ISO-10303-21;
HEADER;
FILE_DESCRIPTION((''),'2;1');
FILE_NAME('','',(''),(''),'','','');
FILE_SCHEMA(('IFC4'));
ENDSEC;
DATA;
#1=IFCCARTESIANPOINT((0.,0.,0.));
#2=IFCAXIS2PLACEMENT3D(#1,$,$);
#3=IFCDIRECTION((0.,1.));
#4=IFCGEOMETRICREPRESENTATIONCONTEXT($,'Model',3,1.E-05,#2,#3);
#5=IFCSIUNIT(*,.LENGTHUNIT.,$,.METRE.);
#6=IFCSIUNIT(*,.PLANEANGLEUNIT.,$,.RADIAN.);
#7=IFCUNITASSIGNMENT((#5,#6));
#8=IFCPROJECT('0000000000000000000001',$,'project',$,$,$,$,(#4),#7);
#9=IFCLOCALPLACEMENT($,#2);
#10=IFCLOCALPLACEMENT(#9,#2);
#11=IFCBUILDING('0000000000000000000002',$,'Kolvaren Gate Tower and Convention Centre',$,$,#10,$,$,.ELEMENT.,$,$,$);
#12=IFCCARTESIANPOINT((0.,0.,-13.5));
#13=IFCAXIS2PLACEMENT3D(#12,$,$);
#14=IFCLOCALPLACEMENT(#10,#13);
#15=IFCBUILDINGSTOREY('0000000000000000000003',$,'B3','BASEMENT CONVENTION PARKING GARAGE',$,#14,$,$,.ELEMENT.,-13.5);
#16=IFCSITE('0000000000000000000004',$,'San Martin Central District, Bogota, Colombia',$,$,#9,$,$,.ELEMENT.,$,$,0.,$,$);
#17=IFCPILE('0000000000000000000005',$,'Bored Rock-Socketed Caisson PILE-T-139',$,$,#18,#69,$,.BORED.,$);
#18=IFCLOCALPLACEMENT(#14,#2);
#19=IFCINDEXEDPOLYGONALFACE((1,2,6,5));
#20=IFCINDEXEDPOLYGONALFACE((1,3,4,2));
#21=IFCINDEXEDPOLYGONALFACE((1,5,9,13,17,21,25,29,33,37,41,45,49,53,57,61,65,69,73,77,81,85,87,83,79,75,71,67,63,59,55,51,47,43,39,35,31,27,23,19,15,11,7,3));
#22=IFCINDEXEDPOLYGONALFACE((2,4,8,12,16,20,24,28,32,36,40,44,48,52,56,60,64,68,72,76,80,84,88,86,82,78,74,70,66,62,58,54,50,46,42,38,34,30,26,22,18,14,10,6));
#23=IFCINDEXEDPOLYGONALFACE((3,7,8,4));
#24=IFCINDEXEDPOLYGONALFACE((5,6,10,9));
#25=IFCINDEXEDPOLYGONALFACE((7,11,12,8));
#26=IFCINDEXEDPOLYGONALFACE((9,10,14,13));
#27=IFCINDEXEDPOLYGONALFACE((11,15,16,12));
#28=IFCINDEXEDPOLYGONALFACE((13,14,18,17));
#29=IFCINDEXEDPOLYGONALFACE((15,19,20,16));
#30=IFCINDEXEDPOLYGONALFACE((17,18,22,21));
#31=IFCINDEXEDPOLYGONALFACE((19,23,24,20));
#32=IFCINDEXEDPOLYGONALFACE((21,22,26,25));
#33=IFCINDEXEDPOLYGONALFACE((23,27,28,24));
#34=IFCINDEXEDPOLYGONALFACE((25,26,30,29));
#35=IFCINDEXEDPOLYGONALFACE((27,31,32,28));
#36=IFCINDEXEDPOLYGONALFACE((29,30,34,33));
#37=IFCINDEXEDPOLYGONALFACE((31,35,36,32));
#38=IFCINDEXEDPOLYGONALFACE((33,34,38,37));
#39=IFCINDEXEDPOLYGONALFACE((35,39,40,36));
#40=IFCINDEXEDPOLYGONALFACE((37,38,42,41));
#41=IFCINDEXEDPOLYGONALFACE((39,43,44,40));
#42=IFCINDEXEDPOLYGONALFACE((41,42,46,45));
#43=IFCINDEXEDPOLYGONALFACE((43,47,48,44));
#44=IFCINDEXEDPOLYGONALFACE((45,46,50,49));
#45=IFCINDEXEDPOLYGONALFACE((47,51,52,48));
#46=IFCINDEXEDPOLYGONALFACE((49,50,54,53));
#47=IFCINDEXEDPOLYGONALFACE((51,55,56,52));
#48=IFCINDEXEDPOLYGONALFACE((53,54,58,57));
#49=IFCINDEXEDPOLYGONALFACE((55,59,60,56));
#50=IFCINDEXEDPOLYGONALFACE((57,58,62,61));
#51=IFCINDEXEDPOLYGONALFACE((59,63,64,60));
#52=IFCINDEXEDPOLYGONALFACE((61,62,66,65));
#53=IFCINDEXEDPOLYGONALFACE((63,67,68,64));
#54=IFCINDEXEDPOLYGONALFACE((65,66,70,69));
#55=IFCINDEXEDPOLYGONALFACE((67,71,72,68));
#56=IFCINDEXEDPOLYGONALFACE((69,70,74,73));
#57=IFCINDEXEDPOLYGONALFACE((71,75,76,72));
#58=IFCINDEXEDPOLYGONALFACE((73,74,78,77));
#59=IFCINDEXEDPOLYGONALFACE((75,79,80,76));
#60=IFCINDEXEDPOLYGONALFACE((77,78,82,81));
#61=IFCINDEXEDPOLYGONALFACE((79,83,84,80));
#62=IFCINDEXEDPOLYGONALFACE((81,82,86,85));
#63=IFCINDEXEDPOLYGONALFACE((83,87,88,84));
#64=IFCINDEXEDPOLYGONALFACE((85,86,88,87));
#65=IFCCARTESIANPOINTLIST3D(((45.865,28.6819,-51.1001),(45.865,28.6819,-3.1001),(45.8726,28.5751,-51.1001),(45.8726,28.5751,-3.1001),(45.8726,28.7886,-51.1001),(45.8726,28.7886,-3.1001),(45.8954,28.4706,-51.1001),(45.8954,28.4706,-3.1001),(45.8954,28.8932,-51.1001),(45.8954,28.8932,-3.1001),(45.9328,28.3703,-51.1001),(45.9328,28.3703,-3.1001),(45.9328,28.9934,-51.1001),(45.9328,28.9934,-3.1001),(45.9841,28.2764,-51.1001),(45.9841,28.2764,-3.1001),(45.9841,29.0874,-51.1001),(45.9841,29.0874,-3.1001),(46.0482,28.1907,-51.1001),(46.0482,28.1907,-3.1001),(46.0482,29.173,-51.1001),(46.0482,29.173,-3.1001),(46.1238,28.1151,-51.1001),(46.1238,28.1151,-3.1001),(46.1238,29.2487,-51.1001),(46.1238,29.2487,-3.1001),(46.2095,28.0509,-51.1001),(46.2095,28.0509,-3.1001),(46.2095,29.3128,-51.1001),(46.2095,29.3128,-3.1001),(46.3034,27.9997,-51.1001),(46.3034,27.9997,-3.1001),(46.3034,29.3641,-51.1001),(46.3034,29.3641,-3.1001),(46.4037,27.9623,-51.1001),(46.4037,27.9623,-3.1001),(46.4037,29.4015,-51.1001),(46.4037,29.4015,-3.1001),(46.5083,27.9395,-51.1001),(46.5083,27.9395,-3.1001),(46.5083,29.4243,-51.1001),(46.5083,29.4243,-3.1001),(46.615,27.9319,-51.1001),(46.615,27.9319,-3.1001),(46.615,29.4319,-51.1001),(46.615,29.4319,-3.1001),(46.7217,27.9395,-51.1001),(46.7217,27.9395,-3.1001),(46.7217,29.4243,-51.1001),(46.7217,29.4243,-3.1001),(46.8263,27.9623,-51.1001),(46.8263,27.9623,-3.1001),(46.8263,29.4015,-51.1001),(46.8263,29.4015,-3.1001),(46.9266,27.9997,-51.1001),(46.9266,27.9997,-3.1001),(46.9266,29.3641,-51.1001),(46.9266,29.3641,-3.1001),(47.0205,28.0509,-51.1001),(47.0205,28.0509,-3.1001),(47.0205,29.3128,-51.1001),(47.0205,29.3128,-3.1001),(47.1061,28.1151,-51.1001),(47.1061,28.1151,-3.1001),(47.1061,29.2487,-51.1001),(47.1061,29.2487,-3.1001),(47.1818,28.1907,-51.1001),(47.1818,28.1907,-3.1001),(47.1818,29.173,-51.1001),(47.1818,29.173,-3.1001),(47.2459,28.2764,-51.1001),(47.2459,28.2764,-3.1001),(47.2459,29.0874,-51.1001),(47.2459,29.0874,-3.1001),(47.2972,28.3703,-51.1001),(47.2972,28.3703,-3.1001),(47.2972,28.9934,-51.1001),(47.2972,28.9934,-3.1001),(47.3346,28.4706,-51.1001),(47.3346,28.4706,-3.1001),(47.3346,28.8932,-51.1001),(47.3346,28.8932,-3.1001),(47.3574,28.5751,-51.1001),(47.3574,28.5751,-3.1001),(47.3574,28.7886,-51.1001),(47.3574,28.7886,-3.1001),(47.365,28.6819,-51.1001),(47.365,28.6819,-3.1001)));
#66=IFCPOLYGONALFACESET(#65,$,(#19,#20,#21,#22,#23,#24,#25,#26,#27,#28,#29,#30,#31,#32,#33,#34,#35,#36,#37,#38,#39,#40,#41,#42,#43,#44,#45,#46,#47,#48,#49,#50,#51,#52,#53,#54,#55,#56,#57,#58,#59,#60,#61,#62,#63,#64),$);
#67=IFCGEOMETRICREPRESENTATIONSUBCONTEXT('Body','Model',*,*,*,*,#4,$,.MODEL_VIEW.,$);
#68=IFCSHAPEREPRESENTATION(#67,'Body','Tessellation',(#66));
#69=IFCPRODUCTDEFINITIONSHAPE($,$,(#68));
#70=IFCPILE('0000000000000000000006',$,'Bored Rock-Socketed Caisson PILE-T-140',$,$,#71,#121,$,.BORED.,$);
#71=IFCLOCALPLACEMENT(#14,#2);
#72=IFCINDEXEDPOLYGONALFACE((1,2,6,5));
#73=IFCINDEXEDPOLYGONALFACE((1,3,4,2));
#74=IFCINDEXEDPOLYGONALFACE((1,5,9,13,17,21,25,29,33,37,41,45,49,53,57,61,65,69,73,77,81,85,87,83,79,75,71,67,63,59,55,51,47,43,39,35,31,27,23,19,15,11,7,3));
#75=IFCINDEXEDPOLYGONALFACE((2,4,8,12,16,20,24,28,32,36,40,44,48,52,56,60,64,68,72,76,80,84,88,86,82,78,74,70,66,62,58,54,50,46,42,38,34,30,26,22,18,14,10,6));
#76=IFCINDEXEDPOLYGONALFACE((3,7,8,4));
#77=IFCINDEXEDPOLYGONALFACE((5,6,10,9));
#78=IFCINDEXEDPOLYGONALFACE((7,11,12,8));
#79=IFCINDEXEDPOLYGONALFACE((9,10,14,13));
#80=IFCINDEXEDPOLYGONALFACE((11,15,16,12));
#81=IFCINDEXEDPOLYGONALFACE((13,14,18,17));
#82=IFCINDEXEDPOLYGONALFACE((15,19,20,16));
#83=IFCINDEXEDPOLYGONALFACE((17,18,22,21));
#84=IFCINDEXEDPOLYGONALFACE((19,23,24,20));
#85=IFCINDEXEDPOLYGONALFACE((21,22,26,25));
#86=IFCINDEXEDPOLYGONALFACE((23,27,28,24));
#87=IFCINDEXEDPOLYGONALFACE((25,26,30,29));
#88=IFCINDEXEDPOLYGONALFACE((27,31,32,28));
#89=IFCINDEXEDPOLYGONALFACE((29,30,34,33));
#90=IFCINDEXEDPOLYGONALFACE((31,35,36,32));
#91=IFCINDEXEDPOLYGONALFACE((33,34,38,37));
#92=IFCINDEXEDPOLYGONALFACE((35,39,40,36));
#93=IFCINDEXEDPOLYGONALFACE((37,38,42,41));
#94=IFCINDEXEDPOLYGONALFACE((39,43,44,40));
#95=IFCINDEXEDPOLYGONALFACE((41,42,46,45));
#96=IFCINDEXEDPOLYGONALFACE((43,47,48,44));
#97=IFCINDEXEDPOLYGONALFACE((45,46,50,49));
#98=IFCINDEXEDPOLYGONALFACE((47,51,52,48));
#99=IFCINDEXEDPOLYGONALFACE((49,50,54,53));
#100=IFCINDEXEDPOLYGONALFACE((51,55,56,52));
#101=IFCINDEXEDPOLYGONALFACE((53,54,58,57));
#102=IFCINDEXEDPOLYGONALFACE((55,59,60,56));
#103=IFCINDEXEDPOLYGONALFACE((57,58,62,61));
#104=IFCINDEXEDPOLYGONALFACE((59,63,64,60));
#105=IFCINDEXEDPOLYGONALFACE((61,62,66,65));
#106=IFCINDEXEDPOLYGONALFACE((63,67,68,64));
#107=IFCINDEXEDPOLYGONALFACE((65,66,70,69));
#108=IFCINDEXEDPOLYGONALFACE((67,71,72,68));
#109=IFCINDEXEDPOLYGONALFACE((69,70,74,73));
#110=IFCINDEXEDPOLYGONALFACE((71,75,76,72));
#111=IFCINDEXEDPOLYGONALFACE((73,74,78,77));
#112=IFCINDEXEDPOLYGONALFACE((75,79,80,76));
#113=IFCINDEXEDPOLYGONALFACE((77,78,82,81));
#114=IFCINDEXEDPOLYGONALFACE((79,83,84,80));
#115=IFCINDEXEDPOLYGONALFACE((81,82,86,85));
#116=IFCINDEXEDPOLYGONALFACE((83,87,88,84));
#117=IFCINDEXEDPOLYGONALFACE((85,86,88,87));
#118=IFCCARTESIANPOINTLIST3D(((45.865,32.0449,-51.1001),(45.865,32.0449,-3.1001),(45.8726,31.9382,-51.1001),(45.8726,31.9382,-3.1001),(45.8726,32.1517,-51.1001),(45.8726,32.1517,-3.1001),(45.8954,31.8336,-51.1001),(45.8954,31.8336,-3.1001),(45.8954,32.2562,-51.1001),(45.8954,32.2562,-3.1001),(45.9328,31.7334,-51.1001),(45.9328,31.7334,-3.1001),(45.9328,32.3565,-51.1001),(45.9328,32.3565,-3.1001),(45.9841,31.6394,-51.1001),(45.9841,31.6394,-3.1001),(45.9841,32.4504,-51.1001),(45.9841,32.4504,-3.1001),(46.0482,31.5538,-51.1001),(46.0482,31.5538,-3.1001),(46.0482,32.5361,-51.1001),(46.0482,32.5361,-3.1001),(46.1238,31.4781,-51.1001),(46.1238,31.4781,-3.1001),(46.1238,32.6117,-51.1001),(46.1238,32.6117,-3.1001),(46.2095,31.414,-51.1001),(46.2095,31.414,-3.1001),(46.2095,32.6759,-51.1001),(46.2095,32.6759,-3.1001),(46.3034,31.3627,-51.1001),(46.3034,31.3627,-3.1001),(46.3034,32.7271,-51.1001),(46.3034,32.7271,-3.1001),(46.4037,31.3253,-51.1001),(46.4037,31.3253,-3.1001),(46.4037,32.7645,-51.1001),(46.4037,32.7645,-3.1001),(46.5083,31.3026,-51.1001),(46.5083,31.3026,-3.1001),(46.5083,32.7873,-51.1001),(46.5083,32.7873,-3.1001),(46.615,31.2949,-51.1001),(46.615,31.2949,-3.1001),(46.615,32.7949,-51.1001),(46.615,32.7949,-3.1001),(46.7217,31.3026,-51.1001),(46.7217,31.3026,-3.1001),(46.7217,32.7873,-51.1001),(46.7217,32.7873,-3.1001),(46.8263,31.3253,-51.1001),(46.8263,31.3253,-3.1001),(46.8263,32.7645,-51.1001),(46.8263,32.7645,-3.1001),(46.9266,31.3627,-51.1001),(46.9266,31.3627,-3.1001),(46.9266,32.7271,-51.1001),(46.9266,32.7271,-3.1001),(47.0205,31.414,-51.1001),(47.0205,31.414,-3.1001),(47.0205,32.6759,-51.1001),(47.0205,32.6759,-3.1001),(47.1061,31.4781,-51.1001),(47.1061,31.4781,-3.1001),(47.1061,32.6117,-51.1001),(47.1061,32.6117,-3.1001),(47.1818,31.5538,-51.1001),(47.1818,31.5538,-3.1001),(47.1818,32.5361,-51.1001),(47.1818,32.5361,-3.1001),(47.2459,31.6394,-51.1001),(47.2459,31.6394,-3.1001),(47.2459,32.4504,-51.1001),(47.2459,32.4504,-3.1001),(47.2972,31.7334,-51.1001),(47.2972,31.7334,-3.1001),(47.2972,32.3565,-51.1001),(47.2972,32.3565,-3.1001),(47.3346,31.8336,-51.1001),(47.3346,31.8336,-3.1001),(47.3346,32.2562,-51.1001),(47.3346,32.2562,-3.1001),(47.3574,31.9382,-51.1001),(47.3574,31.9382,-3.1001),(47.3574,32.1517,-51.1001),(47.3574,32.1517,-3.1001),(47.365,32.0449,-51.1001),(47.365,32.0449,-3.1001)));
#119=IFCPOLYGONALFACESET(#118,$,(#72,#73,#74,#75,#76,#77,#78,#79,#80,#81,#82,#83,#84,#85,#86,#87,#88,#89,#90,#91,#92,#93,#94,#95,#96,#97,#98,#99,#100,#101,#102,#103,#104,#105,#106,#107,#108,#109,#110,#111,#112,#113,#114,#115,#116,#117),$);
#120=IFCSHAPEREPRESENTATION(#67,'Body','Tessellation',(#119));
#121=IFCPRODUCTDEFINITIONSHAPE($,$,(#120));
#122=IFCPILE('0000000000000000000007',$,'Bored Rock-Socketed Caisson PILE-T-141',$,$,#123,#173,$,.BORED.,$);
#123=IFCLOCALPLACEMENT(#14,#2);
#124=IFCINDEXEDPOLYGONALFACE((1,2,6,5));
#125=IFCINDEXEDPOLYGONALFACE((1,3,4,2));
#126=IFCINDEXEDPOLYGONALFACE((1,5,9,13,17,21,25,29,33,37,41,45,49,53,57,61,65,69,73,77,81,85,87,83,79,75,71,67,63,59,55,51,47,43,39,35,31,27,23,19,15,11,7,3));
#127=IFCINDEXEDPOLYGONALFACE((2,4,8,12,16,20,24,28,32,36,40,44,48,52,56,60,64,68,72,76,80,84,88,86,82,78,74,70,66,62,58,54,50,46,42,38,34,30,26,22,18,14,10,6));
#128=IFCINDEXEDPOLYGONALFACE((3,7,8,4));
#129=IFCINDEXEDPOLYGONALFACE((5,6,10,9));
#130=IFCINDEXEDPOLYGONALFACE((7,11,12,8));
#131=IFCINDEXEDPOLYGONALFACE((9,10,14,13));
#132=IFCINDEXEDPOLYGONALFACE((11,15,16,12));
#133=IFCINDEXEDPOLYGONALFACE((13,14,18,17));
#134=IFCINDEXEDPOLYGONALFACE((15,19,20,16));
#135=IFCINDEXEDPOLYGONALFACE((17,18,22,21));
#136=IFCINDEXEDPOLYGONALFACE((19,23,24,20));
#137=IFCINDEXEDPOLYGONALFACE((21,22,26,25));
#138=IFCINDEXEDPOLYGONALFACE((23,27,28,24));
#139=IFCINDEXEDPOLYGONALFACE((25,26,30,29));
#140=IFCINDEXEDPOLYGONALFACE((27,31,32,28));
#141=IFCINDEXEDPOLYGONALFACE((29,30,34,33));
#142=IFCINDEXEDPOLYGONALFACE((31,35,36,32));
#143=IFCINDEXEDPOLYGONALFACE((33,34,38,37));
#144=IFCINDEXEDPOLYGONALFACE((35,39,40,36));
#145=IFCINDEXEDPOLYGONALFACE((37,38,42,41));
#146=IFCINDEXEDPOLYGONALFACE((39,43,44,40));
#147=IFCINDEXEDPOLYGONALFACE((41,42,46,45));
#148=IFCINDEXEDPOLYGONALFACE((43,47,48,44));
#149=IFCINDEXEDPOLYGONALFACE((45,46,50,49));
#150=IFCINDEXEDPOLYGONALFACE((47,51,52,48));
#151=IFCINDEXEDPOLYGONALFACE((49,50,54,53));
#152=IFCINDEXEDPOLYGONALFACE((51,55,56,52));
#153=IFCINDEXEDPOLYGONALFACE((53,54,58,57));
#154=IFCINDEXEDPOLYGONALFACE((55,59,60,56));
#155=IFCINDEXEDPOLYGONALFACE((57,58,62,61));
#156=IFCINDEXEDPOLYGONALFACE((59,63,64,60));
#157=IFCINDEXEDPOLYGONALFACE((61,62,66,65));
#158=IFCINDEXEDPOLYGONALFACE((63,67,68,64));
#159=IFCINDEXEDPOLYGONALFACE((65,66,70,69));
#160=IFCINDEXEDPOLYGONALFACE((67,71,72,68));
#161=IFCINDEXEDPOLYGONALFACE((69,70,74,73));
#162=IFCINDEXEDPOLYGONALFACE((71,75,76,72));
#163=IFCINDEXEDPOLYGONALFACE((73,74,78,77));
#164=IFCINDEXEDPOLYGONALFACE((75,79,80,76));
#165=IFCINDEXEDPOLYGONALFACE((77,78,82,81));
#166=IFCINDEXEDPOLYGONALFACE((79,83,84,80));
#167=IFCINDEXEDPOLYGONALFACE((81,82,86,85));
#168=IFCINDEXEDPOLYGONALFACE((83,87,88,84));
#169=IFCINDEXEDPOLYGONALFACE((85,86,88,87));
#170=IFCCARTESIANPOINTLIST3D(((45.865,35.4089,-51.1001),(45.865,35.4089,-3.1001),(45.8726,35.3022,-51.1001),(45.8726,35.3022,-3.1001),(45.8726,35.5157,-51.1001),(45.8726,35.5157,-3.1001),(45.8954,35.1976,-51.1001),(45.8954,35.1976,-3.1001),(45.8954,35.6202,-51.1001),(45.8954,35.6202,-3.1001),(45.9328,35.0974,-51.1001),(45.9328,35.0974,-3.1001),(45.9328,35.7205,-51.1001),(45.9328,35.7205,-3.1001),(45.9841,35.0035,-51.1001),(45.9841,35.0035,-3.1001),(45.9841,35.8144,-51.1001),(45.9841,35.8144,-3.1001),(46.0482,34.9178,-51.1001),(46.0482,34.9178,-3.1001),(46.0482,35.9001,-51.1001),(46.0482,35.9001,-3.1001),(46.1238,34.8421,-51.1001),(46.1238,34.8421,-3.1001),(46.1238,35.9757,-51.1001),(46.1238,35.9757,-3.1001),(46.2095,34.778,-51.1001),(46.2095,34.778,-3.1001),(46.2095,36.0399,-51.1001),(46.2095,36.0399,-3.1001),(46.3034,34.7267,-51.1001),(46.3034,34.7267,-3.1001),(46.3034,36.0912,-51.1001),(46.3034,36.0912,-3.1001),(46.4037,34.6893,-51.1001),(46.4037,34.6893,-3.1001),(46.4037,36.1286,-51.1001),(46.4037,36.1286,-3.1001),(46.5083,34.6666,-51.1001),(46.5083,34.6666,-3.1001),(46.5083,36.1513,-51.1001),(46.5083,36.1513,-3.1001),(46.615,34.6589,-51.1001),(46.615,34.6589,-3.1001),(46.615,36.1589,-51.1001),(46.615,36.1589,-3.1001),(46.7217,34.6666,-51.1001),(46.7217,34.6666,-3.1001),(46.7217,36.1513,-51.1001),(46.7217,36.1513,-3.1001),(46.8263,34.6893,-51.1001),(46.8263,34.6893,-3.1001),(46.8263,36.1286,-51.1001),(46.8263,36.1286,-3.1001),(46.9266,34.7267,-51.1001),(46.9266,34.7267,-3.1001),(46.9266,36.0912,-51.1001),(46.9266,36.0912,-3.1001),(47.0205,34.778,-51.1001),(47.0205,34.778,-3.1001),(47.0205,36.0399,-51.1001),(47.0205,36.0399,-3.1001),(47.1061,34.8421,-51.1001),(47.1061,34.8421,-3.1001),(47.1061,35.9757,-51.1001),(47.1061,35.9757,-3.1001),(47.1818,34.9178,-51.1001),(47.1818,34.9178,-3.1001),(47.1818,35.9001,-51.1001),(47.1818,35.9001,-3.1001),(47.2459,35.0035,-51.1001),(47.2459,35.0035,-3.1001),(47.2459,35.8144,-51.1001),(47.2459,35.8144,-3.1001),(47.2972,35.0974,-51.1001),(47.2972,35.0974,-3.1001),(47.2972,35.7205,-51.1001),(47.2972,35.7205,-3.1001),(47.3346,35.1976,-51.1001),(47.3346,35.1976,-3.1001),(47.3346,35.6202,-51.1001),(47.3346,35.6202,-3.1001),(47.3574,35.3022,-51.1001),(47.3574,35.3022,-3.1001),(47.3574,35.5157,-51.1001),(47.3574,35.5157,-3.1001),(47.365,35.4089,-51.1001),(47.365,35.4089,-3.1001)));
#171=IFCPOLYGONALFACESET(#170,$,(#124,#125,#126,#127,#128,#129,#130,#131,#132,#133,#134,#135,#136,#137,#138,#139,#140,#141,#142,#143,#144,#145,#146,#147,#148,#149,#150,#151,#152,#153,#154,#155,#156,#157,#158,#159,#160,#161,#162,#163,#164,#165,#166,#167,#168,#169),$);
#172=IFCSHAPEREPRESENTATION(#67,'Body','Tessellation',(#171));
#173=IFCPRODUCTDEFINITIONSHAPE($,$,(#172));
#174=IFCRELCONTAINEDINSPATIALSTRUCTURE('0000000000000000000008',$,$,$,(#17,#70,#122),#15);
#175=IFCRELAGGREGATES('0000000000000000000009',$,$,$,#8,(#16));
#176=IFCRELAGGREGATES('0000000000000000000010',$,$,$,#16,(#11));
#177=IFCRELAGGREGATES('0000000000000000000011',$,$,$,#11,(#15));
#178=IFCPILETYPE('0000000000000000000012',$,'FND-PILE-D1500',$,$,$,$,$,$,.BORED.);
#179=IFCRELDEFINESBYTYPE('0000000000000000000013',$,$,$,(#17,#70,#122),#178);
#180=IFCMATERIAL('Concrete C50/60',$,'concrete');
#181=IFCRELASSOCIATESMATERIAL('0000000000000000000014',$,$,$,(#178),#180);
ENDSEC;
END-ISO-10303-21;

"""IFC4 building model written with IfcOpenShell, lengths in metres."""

from ifc_helpers import new_model, si_unit, direction, frame, origin, origin_2d, place, context, subcontext, project, spatial, circle, extrude, material, material_profile, profile_set, type_object, element, save


model = new_model("IFC4")

# Units and contexts
model_context = context("Model", 3, precision=1e-05, world=origin(), true_north=direction((0.0, 1.0)))
body_context = subcontext(model_context, "Body", "Model", "MODEL_VIEW")
ifc_project = project(units=[si_unit("LENGTHUNIT", "METRE"), si_unit("PLANEANGLEUNIT", "RADIAN")], contexts=[model_context])

# Site, building, storey
site_placement = place(None, origin())
site = spatial("IfcSite", under=ifc_project, at=site_placement, Name="San Martin Central District, Bogota, Colombia", CompositionType="ELEMENT", RefElevation=0.0)
building_placement = place(site_placement, origin())
building = spatial("IfcBuilding", under=site, at=building_placement, Name="Kolvaren Gate Tower and Convention Centre", CompositionType="ELEMENT")
storey_placement = place(building_placement, frame((0.0, 0.0, -13.5)))
storey = spatial("IfcBuildingStorey", under=building, at=storey_placement, Name="B3", Description="BASEMENT CONVENTION PARKING GARAGE", CompositionType="ELEMENT", Elevation=-13.5)

# Shared definitions
ifc_material_1 = material(Name="Concrete C50/60", Category="concrete")

# Piles
ifc_material_profile_1 = material_profile(ifc_material_1, circle(Radius=0.75, at=origin_2d()), Name="CAISSON-D1500")
ifc_profile_set_1 = profile_set([ifc_material_profile_1], Name="Concrete C50/60")
pile_type = type_object("IfcPileType", Name="FND-PILE-D1500", PredefinedType="BORED", material=ifc_profile_set_1)
for number, where, z_axis, x_axis, name in (
    (1, (46.615, 28.6819, -3.1001), (0.0, 0.0, -1.0), (1.0, 0.0, 0.0), "Bored Rock-Socketed Caisson PILE-T-139"),
    (2, (46.615, 32.0449, -3.1001), (0.0, 0.0, -1.0), (1.0, 0.0, 0.0), "Bored Rock-Socketed Caisson PILE-T-140"),
    (3, (46.615, 35.4089, -3.1001), (0.0, 0.0, -1.0), (1.0, 0.0, 0.0), "Bored Rock-Socketed Caisson PILE-T-141"),
):
    element("IfcPile", number, at=place(storey_placement, frame(where, z_axis=z_axis, x_axis=x_axis)), inside=storey, type_object=pile_type, Name=name, PredefinedType="BORED", context=body_context, shape_type="SweptSolid", body=[
        extrude(circle(Radius=0.75, at=origin_2d()), origin(), (0.0, 0.0, 1.0), 48.0),
    ])

save(model, "model.ifc")
